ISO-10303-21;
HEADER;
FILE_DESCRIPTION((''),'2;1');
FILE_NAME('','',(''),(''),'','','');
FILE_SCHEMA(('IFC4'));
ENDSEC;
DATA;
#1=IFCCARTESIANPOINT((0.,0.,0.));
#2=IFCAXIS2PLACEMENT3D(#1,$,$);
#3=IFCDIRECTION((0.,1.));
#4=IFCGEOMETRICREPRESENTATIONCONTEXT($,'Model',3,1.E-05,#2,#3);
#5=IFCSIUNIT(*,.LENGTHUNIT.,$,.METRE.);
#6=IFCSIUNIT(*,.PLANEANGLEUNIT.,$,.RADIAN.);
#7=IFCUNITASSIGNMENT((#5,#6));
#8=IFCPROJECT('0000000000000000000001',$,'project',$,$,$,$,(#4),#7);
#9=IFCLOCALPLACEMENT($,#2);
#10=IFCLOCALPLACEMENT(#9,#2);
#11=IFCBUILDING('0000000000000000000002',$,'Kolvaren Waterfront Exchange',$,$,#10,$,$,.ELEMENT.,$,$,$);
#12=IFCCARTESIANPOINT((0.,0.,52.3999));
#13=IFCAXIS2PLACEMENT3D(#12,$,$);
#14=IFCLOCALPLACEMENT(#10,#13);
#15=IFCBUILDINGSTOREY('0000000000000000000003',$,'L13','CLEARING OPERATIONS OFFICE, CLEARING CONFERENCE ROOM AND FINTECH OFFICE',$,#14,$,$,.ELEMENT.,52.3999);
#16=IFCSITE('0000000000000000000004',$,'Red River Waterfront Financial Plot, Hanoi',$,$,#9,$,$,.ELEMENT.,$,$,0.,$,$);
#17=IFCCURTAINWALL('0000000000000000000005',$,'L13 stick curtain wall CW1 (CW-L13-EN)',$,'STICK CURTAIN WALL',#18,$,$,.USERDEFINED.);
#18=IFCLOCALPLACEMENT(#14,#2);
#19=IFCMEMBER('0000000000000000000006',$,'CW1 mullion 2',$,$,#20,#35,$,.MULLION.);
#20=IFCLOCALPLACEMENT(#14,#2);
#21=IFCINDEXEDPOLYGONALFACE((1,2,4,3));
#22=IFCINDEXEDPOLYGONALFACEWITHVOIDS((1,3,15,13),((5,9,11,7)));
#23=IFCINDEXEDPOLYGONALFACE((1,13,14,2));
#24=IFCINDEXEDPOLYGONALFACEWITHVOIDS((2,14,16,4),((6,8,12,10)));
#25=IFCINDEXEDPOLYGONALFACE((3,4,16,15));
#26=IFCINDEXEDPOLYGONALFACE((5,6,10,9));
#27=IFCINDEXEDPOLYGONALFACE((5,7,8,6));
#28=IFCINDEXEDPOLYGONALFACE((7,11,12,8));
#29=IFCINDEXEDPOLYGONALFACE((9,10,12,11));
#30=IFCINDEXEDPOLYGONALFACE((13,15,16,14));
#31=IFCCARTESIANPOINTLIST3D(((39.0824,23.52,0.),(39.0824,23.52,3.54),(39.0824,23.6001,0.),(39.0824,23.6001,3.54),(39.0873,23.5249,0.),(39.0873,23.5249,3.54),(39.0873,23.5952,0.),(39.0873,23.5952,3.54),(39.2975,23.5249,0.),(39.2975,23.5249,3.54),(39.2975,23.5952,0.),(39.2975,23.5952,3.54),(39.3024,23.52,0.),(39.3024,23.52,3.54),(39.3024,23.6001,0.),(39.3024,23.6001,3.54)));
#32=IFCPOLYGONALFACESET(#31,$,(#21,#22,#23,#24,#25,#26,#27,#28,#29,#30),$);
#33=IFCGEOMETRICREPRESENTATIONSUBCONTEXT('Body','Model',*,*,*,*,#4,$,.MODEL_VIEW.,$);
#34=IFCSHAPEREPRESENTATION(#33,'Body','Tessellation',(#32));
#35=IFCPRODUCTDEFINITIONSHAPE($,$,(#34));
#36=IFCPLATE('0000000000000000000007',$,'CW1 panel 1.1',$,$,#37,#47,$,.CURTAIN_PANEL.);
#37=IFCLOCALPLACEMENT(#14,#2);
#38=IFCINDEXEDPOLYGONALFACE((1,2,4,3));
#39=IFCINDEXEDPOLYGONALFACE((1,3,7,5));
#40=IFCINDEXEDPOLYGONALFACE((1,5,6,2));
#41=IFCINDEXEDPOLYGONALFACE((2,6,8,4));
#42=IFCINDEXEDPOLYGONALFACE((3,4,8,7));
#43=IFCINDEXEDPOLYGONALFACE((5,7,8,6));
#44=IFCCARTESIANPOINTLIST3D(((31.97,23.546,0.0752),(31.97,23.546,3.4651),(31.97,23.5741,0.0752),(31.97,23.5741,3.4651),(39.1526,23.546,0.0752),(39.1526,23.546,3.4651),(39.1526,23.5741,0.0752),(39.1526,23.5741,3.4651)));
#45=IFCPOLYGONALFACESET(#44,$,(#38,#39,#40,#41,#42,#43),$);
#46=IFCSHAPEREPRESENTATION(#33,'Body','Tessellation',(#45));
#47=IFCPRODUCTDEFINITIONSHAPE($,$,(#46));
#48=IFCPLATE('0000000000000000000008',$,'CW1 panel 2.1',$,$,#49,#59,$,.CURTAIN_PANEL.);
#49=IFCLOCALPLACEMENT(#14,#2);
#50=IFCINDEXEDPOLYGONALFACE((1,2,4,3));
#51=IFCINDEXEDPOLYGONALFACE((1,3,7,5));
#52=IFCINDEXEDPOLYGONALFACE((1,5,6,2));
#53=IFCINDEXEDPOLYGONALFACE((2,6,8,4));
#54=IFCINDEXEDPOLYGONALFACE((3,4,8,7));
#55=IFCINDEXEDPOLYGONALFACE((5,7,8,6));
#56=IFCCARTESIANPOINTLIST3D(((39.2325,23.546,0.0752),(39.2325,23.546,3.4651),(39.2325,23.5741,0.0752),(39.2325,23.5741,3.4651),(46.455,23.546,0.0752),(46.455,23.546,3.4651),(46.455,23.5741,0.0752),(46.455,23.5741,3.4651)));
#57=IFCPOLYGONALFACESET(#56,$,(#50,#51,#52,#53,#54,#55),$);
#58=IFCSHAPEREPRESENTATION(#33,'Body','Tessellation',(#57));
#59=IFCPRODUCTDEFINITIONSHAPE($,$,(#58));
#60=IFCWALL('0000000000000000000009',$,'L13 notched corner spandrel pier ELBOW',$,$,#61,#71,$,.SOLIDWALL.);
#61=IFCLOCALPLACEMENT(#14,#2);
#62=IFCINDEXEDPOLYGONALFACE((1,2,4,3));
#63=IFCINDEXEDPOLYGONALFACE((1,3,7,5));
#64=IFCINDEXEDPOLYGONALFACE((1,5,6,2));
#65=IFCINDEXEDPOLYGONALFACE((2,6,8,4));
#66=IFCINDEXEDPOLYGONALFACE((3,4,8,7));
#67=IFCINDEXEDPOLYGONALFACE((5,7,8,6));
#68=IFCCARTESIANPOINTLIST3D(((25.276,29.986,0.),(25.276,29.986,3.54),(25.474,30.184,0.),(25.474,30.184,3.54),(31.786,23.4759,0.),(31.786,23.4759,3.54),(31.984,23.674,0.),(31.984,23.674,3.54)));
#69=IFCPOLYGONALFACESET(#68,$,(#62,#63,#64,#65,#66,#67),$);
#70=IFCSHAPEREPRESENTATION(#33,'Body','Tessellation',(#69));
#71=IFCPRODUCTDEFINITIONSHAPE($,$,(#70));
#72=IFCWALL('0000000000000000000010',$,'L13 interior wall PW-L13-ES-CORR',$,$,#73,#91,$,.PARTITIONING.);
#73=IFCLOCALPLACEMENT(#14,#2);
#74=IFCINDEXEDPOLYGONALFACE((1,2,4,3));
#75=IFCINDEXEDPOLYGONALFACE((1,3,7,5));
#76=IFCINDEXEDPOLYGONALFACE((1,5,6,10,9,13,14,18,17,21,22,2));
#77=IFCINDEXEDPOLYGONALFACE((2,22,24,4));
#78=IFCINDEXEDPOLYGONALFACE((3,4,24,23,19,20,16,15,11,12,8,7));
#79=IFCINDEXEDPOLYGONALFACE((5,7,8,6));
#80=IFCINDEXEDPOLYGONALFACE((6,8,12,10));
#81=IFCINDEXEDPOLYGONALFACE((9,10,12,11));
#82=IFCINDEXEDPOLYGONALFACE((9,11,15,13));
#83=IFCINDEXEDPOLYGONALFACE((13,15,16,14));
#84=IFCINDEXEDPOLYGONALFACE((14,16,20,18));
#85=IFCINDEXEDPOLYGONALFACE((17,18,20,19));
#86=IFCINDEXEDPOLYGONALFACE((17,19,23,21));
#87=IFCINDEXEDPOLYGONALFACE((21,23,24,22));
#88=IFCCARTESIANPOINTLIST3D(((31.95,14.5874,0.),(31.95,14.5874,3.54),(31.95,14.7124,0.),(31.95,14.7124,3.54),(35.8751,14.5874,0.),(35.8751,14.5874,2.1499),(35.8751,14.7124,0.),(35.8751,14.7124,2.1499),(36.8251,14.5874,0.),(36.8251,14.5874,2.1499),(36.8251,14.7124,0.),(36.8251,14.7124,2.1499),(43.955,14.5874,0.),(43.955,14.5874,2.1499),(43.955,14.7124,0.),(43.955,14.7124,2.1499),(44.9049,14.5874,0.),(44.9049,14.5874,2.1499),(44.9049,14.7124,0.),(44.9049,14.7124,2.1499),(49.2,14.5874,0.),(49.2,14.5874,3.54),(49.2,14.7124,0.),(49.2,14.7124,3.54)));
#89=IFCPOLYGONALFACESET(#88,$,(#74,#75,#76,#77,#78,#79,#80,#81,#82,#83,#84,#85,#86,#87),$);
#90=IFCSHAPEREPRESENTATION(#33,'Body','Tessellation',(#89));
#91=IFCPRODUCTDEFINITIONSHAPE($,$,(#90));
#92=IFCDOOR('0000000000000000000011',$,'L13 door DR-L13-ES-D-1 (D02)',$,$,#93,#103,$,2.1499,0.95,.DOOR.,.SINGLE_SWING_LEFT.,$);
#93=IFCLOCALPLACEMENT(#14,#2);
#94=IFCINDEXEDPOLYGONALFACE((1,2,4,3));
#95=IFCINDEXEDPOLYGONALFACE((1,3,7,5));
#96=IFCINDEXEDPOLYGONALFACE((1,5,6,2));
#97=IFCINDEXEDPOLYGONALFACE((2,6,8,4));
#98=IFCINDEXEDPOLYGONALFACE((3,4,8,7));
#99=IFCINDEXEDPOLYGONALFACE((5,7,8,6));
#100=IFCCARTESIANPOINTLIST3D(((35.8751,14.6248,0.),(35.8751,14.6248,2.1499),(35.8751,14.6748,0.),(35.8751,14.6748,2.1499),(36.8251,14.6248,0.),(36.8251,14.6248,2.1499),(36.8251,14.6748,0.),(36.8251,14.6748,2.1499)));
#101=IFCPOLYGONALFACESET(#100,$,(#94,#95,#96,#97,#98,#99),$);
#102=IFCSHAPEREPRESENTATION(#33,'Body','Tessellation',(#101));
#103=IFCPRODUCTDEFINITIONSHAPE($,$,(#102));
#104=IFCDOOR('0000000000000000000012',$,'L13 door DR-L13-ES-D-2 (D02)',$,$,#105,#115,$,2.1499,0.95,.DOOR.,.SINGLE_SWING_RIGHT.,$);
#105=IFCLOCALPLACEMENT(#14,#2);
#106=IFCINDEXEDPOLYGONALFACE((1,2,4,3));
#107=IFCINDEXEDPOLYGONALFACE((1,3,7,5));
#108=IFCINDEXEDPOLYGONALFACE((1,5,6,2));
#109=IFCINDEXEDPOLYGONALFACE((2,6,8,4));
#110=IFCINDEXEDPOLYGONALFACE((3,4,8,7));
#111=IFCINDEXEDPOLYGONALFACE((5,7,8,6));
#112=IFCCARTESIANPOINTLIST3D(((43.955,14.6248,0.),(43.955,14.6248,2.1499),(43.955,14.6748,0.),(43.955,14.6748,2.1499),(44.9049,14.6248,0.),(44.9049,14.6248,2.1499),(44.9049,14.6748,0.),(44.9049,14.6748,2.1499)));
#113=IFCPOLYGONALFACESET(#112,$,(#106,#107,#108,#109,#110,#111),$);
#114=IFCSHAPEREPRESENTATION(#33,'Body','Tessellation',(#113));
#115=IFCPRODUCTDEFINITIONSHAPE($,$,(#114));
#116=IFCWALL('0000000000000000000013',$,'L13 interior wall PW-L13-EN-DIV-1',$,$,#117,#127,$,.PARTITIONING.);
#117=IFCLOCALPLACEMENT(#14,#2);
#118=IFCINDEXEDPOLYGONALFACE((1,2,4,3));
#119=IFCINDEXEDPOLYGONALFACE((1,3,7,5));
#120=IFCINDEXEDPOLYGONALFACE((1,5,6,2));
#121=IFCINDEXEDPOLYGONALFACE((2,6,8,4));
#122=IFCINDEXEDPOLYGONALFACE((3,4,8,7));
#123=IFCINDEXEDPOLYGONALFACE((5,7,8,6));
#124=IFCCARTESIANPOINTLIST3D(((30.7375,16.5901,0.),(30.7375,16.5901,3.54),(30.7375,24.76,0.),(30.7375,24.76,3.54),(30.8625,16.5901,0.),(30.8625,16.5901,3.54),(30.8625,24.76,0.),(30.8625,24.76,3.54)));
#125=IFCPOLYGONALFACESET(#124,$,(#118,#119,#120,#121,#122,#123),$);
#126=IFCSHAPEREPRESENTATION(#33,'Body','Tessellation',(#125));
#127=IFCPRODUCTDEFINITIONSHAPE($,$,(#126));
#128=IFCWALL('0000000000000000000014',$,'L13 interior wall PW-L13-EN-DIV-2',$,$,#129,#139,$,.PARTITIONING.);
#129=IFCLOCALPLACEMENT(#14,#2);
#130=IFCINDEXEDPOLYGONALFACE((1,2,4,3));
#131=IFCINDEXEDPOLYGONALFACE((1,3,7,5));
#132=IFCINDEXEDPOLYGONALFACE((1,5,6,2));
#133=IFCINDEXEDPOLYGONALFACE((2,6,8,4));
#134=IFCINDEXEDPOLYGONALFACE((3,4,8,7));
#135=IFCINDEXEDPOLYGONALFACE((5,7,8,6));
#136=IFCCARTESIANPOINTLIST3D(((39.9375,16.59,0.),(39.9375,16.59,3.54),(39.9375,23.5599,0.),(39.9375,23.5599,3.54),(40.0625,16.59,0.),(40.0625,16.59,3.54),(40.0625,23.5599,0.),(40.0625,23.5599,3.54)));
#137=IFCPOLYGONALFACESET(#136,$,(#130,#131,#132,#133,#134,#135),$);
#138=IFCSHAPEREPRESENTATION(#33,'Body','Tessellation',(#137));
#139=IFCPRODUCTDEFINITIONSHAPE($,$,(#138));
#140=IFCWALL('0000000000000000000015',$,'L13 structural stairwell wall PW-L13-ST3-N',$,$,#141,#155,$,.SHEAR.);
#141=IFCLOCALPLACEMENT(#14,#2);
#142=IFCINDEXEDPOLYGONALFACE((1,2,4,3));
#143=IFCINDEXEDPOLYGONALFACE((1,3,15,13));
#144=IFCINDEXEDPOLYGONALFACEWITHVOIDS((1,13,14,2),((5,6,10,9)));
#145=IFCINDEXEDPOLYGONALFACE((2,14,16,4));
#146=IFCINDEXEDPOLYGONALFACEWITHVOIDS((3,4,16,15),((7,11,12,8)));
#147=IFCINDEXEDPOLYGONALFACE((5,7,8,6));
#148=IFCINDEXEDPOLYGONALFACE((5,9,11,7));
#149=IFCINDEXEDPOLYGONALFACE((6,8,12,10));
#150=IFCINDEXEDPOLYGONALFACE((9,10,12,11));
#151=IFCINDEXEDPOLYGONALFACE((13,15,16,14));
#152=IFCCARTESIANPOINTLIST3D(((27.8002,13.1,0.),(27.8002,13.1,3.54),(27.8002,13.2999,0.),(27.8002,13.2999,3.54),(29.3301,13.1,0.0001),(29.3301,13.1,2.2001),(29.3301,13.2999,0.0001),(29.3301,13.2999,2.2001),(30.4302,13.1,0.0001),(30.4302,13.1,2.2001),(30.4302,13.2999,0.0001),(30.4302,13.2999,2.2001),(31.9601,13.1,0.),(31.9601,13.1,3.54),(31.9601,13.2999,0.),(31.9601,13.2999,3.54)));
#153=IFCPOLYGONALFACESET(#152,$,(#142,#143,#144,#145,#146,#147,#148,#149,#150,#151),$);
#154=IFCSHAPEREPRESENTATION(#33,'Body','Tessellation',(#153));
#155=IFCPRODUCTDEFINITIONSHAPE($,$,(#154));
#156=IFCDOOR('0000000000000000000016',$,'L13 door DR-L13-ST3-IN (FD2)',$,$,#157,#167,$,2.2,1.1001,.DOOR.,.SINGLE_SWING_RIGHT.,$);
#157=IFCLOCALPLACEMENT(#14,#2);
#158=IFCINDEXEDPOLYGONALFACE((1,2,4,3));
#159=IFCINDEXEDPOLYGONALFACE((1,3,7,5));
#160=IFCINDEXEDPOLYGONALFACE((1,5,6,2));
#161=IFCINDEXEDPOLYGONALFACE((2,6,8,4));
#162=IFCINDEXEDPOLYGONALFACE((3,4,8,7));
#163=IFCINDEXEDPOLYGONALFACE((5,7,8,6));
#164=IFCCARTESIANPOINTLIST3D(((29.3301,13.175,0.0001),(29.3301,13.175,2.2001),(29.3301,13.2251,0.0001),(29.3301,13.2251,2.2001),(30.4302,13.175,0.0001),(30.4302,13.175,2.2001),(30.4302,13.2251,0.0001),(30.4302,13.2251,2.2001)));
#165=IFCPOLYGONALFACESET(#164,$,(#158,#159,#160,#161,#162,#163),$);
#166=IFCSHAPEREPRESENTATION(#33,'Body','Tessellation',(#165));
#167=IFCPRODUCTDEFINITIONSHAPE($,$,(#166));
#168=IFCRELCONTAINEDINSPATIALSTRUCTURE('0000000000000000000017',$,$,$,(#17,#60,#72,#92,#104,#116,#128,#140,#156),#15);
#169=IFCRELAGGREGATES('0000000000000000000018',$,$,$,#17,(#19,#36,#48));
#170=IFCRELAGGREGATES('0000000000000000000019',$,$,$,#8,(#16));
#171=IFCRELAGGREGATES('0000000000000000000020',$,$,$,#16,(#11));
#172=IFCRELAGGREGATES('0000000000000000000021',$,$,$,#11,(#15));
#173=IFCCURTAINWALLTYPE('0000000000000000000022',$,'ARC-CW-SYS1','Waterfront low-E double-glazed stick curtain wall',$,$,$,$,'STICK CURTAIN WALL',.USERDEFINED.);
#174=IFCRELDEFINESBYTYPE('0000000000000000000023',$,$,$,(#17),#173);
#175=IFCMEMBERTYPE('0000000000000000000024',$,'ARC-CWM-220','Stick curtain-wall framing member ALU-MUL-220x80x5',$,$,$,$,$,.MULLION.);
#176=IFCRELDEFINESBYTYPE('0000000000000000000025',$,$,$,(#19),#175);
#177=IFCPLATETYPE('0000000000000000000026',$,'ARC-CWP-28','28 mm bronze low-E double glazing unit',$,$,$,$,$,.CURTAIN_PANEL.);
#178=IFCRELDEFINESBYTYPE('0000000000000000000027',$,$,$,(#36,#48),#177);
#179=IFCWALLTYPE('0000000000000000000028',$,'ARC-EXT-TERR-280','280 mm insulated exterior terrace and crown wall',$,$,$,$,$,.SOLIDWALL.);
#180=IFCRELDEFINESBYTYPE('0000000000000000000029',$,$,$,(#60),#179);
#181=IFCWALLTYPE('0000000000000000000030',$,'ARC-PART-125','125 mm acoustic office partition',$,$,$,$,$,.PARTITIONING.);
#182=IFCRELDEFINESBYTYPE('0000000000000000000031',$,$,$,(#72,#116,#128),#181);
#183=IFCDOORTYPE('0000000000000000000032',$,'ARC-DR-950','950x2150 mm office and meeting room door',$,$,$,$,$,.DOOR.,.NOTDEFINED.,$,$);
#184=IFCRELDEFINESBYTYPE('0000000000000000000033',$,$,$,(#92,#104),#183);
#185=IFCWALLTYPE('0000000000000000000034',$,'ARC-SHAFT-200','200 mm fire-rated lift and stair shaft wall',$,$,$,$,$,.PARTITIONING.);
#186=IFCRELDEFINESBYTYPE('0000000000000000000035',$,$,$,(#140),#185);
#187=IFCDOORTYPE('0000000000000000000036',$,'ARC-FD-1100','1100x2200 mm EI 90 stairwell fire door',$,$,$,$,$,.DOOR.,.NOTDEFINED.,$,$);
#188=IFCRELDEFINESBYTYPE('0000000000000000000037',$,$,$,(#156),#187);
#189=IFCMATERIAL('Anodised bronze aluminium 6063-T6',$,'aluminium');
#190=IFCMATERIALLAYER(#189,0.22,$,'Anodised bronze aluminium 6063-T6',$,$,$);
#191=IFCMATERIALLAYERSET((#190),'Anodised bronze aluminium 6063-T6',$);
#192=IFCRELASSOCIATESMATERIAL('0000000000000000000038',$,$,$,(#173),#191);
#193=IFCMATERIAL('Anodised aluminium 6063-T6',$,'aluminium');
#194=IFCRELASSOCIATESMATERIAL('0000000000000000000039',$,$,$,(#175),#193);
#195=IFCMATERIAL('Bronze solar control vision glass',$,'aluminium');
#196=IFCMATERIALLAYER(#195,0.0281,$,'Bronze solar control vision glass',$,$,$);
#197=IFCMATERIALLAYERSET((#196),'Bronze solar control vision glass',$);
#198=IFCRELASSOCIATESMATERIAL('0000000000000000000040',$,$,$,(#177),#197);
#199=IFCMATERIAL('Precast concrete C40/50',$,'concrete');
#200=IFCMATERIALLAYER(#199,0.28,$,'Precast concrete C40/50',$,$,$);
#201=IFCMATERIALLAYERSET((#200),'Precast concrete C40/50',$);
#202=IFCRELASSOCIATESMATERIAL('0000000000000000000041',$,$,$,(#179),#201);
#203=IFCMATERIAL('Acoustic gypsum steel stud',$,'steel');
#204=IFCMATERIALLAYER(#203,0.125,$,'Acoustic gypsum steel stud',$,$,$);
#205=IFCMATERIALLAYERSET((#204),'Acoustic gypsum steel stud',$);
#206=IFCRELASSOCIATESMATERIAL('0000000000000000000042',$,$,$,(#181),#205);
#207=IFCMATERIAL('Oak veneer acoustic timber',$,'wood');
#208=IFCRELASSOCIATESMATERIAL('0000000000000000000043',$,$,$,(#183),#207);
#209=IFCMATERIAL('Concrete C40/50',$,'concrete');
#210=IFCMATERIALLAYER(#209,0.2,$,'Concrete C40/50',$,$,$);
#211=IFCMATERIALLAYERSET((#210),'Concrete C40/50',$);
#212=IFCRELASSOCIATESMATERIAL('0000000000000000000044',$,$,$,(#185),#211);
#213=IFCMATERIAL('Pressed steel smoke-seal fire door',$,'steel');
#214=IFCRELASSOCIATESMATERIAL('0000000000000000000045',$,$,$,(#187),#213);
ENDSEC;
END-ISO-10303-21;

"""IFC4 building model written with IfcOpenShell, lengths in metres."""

from ifc_helpers import new_model, si_unit, direction, frame, frame_2d, origin, origin_with_axes, origin_2d, place, context, subcontext, project, spatial, rectangle, hollow_rectangle, extrude, source, transform, mapped, material, layer, layer_set, material_profile, profile_set, type_object, element, fill, aggregate, save


model = new_model("IFC4")

# Units and contexts
model_context = context("Model", 3, precision=1e-05, world=origin(), true_north=direction((0.0, 1.0)))
body_context = subcontext(model_context, "Body", "Model", "MODEL_VIEW")
ifc_project = project(units=[si_unit("LENGTHUNIT", "METRE"), si_unit("PLANEANGLEUNIT", "RADIAN")], contexts=[model_context])

# Site, building, storey
site_placement = place(None, origin())
site = spatial("IfcSite", under=ifc_project, at=site_placement, Name="Red River Waterfront Financial Plot, Hanoi", CompositionType="ELEMENT", RefElevation=0.0)
building_placement = place(site_placement, origin())
building = spatial("IfcBuilding", under=site, at=building_placement, Name="Kolvaren Waterfront Exchange", CompositionType="ELEMENT")
storey_placement = place(building_placement, frame((0.0, 0.0, 52.3999)))
storey = spatial("IfcBuildingStorey", under=building, at=storey_placement, Name="L13", Description="CLEARING OPERATIONS OFFICE, CLEARING CONFERENCE ROOM AND FINTECH OFFICE", CompositionType="ELEMENT", Elevation=52.3999)

# Curtain wall, member, plates
ifc_material_1 = material(Name="Anodised bronze aluminium 6063-T6", Category="aluminium")
ifc_layer_1 = layer(ifc_material_1, 0.22, Name="Anodised bronze aluminium 6063-T6")
ifc_layer_set_1 = layer_set([ifc_layer_1], Name="Anodised bronze aluminium 6063-T6")
curtain_wall_type = type_object("IfcCurtainWallType", Name="ARC-CW-SYS1", Description="Waterfront low-E double-glazed stick curtain wall", ElementType="STICK CURTAIN WALL", PredefinedType="USERDEFINED", material=ifc_layer_set_1)
curtain_wall_placement = place(storey_placement, origin())
curtain_wall = element("IfcCurtainWall", 1, at=curtain_wall_placement, inside=storey, type_object=curtain_wall_type, Name="L13 stick curtain wall CW1 (CW-L13-EN)", ObjectType="STICK CURTAIN WALL", PredefinedType="USERDEFINED")
ifc_material_2 = material(Name="Anodised aluminium 6063-T6", Category="aluminium")
ifc_material_profile_1 = material_profile(ifc_material_2, hollow_rectangle(XDim=0.0801, YDim=0.22, WallThickness=0.0049, at=origin_2d()), Name="ALU-MUL-220x80x5")
ifc_profile_set_1 = profile_set([ifc_material_profile_1], Name="Anodised aluminium 6063-T6")
member_type_1 = type_object("IfcMemberType", Name="ARC-CWM-220", Description="Stick curtain-wall framing member ALU-MUL-220x80x5", PredefinedType="MULLION", material=ifc_profile_set_1)
shared_shape_1 = source(origin_with_axes(), body_context, "Body", "SweptSolid", [
    extrude(hollow_rectangle(XDim=0.0801, YDim=0.22, WallThickness=0.0049, at=origin_2d()), origin(), (0.0, 0.0, 1.0), 3.54),
])
member_1_placement = place(storey_placement, frame((39.1924, 23.5601, 0.0), z_axis=(0.0, 0.0, 1.0), x_axis=(0.0, 1.0, 0.0)))
member_1 = element("IfcMember", 2, at=member_1_placement, type_object=member_type_1, Name="CW1 mullion 2", PredefinedType="MULLION", context=body_context, shape_type="MappedRepresentation", body=[
    mapped(shared_shape_1, transform((0.0, 0.0, 0.0), x_axis=(1.0, 0.0, 0.0), y_axis=(0.0, 1.0, 0.0), z_axis=(0.0, 0.0, 1.0), scale=1.0)),
])
ifc_material_3 = material(Name="Bronze solar control vision glass", Category="aluminium")
ifc_layer_2 = layer(ifc_material_3, 0.0281, Name="Bronze solar control vision glass")
ifc_layer_set_2 = layer_set([ifc_layer_2], Name="Bronze solar control vision glass")
plate_type = type_object("IfcPlateType", Name="ARC-CWP-28", Description="28 mm bronze low-E double glazing unit", PredefinedType="CURTAIN_PANEL", material=ifc_layer_set_2)
shared_shape_2 = source(origin_with_axes(), body_context, "Body", "SweptSolid", [
    extrude(rectangle(XDim=7.1826, YDim=0.0281, at=origin_2d()), origin(), (0.0, 0.0, 1.0), 3.3899),
])
plate_1_placement = place(storey_placement, frame((35.5613, 23.5601, 0.0752), z_axis=(0.0, 0.0, 1.0), x_axis=(1.0, 0.0, 0.0)))
plate_1 = element("IfcPlate", 3, at=plate_1_placement, type_object=plate_type, Name="CW1 panel 1.1", PredefinedType="CURTAIN_PANEL", context=body_context, shape_type="MappedRepresentation", body=[
    mapped(shared_shape_2, transform((0.0, 0.0, 0.0), x_axis=(1.0, 0.0, 0.0), y_axis=(0.0, 1.0, 0.0), z_axis=(0.0, 0.0, 1.0), scale=1.0)),
])
shared_shape_3 = source(origin_with_axes(), body_context, "Body", "SweptSolid", [
    extrude(rectangle(XDim=7.2224, YDim=0.0281, at=origin_2d()), origin(), (0.0, 0.0, 1.0), 3.3899),
])
plate_2_placement = place(storey_placement, frame((42.8438, 23.5601, 0.0752), z_axis=(0.0, 0.0, 1.0), x_axis=(1.0, 0.0, 0.0)))
plate_2 = element("IfcPlate", 4, at=plate_2_placement, type_object=plate_type, Name="CW1 panel 2.1", PredefinedType="CURTAIN_PANEL", context=body_context, shape_type="MappedRepresentation", body=[
    mapped(shared_shape_3, transform((0.0, 0.0, 0.0), x_axis=(1.0, 0.0, 0.0), y_axis=(0.0, 1.0, 0.0), z_axis=(0.0, 0.0, 1.0), scale=1.0)),
])
aggregate(curtain_wall, [member_1, plate_1, plate_2])

# Wall
ifc_material_4 = material(Name="Precast concrete C40/50", Category="concrete")
ifc_layer_3 = layer(ifc_material_4, 0.28, Name="Precast concrete C40/50")
ifc_layer_set_3 = layer_set([ifc_layer_3], Name="Precast concrete C40/50")
wall_type_1 = type_object("IfcWallType", Name="ARC-EXT-TERR-280", Description="280 mm insulated exterior terrace and crown wall", PredefinedType="SOLIDWALL", material=ifc_layer_set_3)
wall_1_placement = place(storey_placement, frame((31.885, 23.575, 0.0), z_axis=(0.0, 0.0, 1.0), x_axis=(-0.707107, 0.707107, 0.0)))
element("IfcWall", 5, at=wall_1_placement, inside=storey, type_object=wall_type_1, Name="L13 notched corner spandrel pier ELBOW", PredefinedType="SOLIDWALL", context=body_context, shape_type="SweptSolid", body=[
    extrude(rectangle(XDim=9.2065, YDim=0.28, at=frame_2d((4.6033, 0.0))), origin(), (0.0, 0.0, 1.0), 3.54),
])

# Wall, openings, doors
ifc_material_5 = material(Name="Acoustic gypsum steel stud", Category="steel")
ifc_layer_4 = layer(ifc_material_5, 0.125, Name="Acoustic gypsum steel stud")
ifc_layer_set_4 = layer_set([ifc_layer_4], Name="Acoustic gypsum steel stud")
wall_type_2 = type_object("IfcWallType", Name="ARC-PART-125", Description="125 mm acoustic office partition", PredefinedType="PARTITIONING", material=ifc_layer_set_4)
wall_2_placement = place(storey_placement, frame((31.95, 14.6499, 0.0), z_axis=(0.0, 0.0, 1.0), x_axis=(1.0, 0.0, 0.0)))
wall_2 = element("IfcWall", 6, at=wall_2_placement, inside=storey, type_object=wall_type_2, Name="L13 interior wall PW-L13-ES-CORR", PredefinedType="PARTITIONING", context=body_context, shape_type="SweptSolid", body=[
    extrude(rectangle(XDim=17.25, YDim=0.125, at=frame_2d((8.625, 0.0))), origin(), (0.0, 0.0, 1.0), 3.54),
])
opening_1_placement = place(wall_2_placement, frame((3.925, 0.0, 0.0)))
opening_1 = element("IfcOpeningElement", 7, at=opening_1_placement, cuts=wall_2, PredefinedType="OPENING", context=body_context, shape_type="SweptSolid", body=[
    extrude(rectangle(XDim=0.95, YDim=2.1499, at=frame_2d((0.4751, 1.075))), frame((0.0, 0.0725, 0.0), z_axis=(0.0, -1.0, 0.0), x_axis=(1.0, 0.0, 0.0)), (0.0, 0.0, 1.0), 0.145),
])
opening_2_placement = place(wall_2_placement, frame((12.0049, 0.0, 0.0)))
opening_2 = element("IfcOpeningElement", 8, at=opening_2_placement, cuts=wall_2, PredefinedType="OPENING", context=body_context, shape_type="SweptSolid", body=[
    extrude(rectangle(XDim=0.95, YDim=2.1499, at=frame_2d((0.4751, 1.075))), frame((0.0, 0.0725, 0.0), z_axis=(0.0, -1.0, 0.0), x_axis=(1.0, 0.0, 0.0)), (0.0, 0.0, 1.0), 0.145),
])
ifc_material_6 = material(Name="Oak veneer acoustic timber", Category="wood")
door_type_1 = type_object("IfcDoorType", Name="ARC-DR-950", Description="950x2150 mm office and meeting room door", OperationType="NOTDEFINED", PredefinedType="DOOR", material=ifc_material_6)
door_1_placement = place(opening_1_placement, origin())
door_1 = element("IfcDoor", 9, at=door_1_placement, inside=storey, type_object=door_type_1, Name="L13 door DR-L13-ES-D-1 (D02)", OperationType="SINGLE_SWING_LEFT", OverallHeight=2.1499, OverallWidth=0.95, PredefinedType="DOOR", context=body_context, shape_type="SweptSolid", body=[
    extrude(rectangle(XDim=0.95, YDim=2.1499, at=frame_2d((0.4751, 1.075))), frame((0.0, 0.0249, 0.0), z_axis=(0.0, -1.0, 0.0), x_axis=(1.0, 0.0, 0.0)), (0.0, 0.0, 1.0), 0.05),
])
fill(opening_1, door_1)
door_2_placement = place(opening_2_placement, origin())
door_2 = element("IfcDoor", 10, at=door_2_placement, inside=storey, type_object=door_type_1, Name="L13 door DR-L13-ES-D-2 (D02)", OperationType="SINGLE_SWING_RIGHT", OverallHeight=2.1499, OverallWidth=0.95, PredefinedType="DOOR", context=body_context, shape_type="SweptSolid", body=[
    extrude(rectangle(XDim=0.95, YDim=2.1499, at=frame_2d((0.4751, 1.075))), frame((0.0, 0.0249, 0.0), z_axis=(0.0, -1.0, 0.0), x_axis=(1.0, 0.0, 0.0)), (0.0, 0.0, 1.0), 0.05),
])
fill(opening_2, door_2)

# Walls
wall_3_placement = place(storey_placement, frame((30.8, 16.5901, 0.0), z_axis=(0.0, 0.0, 1.0), x_axis=(0.0, 1.0, 0.0)))
element("IfcWall", 11, at=wall_3_placement, inside=storey, type_object=wall_type_2, Name="L13 interior wall PW-L13-EN-DIV-1", PredefinedType="PARTITIONING", context=body_context, shape_type="SweptSolid", body=[
    extrude(rectangle(XDim=8.1699, YDim=0.125, at=frame_2d((4.085, 0.0))), origin(), (0.0, 0.0, 1.0), 3.54),
])
wall_4_placement = place(storey_placement, frame((40.0, 16.5901, 0.0), z_axis=(0.0, 0.0, 1.0), x_axis=(0.0, 1.0, 0.0)))
element("IfcWall", 12, at=wall_4_placement, inside=storey, type_object=wall_type_2, Name="L13 interior wall PW-L13-EN-DIV-2", PredefinedType="PARTITIONING", context=body_context, shape_type="SweptSolid", body=[
    extrude(rectangle(XDim=6.97, YDim=0.125, at=frame_2d((3.4849, 0.0))), origin(), (0.0, 0.0, 1.0), 3.54),
])

# Wall, opening, door
ifc_material_7 = material(Name="Concrete C40/50", Category="concrete")
ifc_layer_5 = layer(ifc_material_7, 0.2, Name="Concrete C40/50")
ifc_layer_set_5 = layer_set([ifc_layer_5], Name="Concrete C40/50")
wall_type_3 = type_object("IfcWallType", Name="ARC-SHAFT-200", Description="200 mm fire-rated lift and stair shaft wall", PredefinedType="PARTITIONING", material=ifc_layer_set_5)
wall_5_placement = place(storey_placement, frame((27.8, 13.2, 0.0), z_axis=(0.0, 0.0, 1.0), x_axis=(1.0, 0.0, 0.0)))
wall_5 = element("IfcWall", 13, at=wall_5_placement, inside=storey, type_object=wall_type_3, Name="L13 structural stairwell wall PW-L13-ST3-N", PredefinedType="SHEAR", context=body_context, shape_type="SweptSolid", body=[
    extrude(rectangle(XDim=4.1599, YDim=0.2, at=frame_2d((2.0801, 0.0))), origin(), (0.0, 0.0, 1.0), 3.54),
])
opening_3_placement = place(wall_5_placement, frame((1.53, 0.0, 0.0)))
opening_3 = element("IfcOpeningElement", 14, at=opening_3_placement, cuts=wall_5, PredefinedType="OPENING", context=body_context, shape_type="SweptSolid", body=[
    extrude(rectangle(XDim=1.1001, YDim=2.2, at=frame_2d((0.55, 1.1001))), frame((0.0, 0.1099, 0.0), z_axis=(0.0, -1.0, 0.0), x_axis=(1.0, 0.0, 0.0)), (0.0, 0.0, 1.0), 0.22),
])
ifc_material_8 = material(Name="Pressed steel smoke-seal fire door", Category="steel")
door_type_2 = type_object("IfcDoorType", Name="ARC-FD-1100", Description="1100x2200 mm EI 90 stairwell fire door", OperationType="NOTDEFINED", PredefinedType="DOOR", material=ifc_material_8)
door_3_placement = place(opening_3_placement, frame((1.1001, 0.0, 0.0), z_axis=(0.0, 0.0, 1.0), x_axis=(-1.0, 0.0, 0.0)))
door_3 = element("IfcDoor", 15, at=door_3_placement, inside=storey, type_object=door_type_2, Name="L13 door DR-L13-ST3-IN (FD2)", OperationType="SINGLE_SWING_RIGHT", OverallHeight=2.2, OverallWidth=1.1001, PredefinedType="DOOR", context=body_context, shape_type="SweptSolid", body=[
    extrude(rectangle(XDim=1.1001, YDim=2.2, at=frame_2d((0.55, 1.1001))), frame((0.0, 0.0249, 0.0), z_axis=(0.0, -1.0, 0.0), x_axis=(1.0, 0.0, 0.0)), (0.0, 0.0, 1.0), 0.05),
])
fill(opening_3, door_3)

save(model, "model.ifc")
